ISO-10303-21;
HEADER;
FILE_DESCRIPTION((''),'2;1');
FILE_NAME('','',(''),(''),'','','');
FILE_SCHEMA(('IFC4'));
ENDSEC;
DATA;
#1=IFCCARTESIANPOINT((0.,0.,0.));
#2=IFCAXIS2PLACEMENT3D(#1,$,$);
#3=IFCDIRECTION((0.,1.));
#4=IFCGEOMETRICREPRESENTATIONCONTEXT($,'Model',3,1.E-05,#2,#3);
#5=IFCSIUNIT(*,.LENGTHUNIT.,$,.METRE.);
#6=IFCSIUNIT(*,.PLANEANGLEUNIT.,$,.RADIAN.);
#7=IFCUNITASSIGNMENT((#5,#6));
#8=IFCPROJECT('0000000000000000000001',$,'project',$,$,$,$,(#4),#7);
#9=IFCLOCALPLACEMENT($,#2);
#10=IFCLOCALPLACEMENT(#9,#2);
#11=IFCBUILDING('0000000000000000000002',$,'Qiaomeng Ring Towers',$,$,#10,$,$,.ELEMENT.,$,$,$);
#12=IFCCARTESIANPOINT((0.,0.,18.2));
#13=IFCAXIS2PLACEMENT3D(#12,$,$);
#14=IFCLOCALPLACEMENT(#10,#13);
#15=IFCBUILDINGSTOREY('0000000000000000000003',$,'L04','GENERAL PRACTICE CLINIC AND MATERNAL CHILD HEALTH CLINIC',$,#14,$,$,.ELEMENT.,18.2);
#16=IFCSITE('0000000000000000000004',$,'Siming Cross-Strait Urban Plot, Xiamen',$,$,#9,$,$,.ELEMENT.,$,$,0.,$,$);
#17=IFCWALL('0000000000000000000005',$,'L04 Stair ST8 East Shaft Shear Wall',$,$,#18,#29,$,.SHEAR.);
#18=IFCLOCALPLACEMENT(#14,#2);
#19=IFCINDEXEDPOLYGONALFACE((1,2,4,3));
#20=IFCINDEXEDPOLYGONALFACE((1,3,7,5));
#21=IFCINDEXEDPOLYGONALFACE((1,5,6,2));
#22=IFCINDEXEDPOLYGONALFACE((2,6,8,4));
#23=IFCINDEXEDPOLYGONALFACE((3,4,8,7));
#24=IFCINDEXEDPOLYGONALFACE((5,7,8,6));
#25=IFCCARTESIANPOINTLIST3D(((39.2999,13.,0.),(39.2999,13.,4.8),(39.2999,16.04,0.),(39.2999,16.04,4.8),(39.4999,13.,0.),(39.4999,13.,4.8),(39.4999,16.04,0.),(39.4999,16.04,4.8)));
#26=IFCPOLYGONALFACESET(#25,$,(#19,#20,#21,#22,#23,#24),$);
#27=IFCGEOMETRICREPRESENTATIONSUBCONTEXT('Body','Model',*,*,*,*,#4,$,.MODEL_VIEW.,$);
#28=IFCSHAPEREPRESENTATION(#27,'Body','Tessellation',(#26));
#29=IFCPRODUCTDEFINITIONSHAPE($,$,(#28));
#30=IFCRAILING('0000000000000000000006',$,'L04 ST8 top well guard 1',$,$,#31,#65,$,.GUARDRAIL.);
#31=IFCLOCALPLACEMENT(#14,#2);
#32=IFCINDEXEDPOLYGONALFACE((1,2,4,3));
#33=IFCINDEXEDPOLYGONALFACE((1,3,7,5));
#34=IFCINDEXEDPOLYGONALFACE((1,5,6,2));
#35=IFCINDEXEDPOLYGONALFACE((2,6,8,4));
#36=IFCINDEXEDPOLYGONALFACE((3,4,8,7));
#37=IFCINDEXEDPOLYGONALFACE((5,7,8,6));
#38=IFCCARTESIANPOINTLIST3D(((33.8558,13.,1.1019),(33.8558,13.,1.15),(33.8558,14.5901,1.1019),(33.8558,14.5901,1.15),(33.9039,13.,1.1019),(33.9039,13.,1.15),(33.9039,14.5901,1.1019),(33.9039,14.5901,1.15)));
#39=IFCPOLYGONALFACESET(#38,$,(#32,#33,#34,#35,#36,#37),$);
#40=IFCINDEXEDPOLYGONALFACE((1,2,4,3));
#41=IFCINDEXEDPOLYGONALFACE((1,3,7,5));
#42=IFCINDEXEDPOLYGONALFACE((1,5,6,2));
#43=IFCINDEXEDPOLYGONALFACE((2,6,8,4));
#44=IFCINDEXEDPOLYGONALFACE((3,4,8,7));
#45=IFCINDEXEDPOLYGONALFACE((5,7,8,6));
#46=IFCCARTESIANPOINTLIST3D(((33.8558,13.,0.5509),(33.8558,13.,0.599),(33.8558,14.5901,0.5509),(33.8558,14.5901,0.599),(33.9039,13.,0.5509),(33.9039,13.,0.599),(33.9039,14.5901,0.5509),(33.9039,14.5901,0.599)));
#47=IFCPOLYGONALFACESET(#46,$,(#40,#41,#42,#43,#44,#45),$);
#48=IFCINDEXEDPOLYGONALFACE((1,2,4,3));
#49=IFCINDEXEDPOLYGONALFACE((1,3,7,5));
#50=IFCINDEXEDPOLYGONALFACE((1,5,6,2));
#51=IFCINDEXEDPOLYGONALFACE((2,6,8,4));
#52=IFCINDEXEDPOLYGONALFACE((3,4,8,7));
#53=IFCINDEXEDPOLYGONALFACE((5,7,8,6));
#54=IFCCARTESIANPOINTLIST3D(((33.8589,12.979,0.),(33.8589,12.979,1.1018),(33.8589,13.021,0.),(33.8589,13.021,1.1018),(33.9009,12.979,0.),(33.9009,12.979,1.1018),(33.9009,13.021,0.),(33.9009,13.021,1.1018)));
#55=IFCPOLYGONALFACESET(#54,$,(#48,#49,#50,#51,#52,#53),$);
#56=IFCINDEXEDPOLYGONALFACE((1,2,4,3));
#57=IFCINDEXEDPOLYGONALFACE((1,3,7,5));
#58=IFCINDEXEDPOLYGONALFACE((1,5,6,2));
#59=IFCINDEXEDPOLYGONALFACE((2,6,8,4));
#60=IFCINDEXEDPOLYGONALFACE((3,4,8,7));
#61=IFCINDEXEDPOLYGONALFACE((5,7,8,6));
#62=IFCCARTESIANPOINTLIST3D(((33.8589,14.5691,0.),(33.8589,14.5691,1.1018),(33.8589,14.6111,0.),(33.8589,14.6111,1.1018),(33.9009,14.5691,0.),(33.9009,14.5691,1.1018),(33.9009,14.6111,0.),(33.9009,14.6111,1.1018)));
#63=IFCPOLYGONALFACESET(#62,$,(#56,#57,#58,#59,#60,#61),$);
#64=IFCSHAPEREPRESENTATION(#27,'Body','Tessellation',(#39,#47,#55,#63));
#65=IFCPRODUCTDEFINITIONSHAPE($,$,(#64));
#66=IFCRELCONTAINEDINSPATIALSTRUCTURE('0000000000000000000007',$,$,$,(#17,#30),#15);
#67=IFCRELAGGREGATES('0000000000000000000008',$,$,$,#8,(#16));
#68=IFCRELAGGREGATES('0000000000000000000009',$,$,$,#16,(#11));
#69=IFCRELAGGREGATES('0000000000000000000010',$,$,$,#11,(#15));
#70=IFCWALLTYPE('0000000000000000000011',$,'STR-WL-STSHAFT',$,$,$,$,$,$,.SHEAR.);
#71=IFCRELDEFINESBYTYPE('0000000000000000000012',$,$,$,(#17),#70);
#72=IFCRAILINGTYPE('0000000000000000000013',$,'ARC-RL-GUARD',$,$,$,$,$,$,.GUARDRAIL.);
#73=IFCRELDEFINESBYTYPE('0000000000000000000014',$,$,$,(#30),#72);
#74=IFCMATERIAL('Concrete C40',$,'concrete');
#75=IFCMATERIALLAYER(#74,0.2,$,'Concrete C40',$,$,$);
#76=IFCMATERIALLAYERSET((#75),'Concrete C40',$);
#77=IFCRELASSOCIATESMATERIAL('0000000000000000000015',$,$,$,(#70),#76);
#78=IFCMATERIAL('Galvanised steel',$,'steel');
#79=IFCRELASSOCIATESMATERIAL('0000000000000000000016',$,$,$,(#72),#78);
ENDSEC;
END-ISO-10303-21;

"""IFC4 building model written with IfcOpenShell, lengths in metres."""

from ifc_helpers import new_model, si_unit, direction, frame, frame_2d, origin, origin_2d, place, context, subcontext, project, spatial, rectangle, extrude, material, layer, layer_set, type_object, element, save


model = new_model("IFC4")

# Units and contexts
model_context = context("Model", 3, precision=1e-05, world=origin(), true_north=direction((0.0, 1.0)))
body_context = subcontext(model_context, "Body", "Model", "MODEL_VIEW")
ifc_project = project(units=[si_unit("LENGTHUNIT", "METRE"), si_unit("PLANEANGLEUNIT", "RADIAN")], contexts=[model_context])

# Site, building, storey
site_placement = place(None, origin())
site = spatial("IfcSite", under=ifc_project, at=site_placement, Name="Siming Cross-Strait Urban Plot, Xiamen", CompositionType="ELEMENT", RefElevation=0.0)
building_placement = place(site_placement, origin())
building = spatial("IfcBuilding", under=site, at=building_placement, Name="Qiaomeng Ring Towers", CompositionType="ELEMENT")
storey_placement = place(building_placement, frame((0.0, 0.0, 18.2)))
storey = spatial("IfcBuildingStorey", under=building, at=storey_placement, Name="L04", Description="GENERAL PRACTICE CLINIC AND MATERNAL CHILD HEALTH CLINIC", CompositionType="ELEMENT", Elevation=18.2)

# Shared definitions
ifc_material_1 = material(Name="Concrete C40", Category="concrete")
ifc_layer_1 = layer(ifc_material_1, 0.2, Name="Concrete C40")
ifc_layer_set_1 = layer_set([ifc_layer_1], Name="Concrete C40")
wall_type_1 = type_object("IfcWallType", Name="STR-WL-STSHAFT", PredefinedType="SHEAR", material=ifc_layer_set_1)

# Shared definitions
ifc_material_2 = material(Name="Galvanised steel", Category="steel")

# Wall
wall_1_placement = place(storey_placement, frame((39.3999, 13.0, 0.0), z_axis=(0.0, 0.0, 1.0), x_axis=(0.0, 1.0, 0.0)))
element("IfcWall", 1, at=wall_1_placement, inside=storey, type_object=wall_type_1, Name="L04 Stair ST8 East Shaft Shear Wall", PredefinedType="SHEAR", context=body_context, shape_type="SweptSolid", body=[
    extrude(rectangle(XDim=3.04, YDim=0.2, at=frame_2d((1.52, 0.0))), origin(), (0.0, 0.0, 1.0), 4.8),
])

# Railing
railing_type = type_object("IfcRailingType", Name="ARC-RL-GUARD", PredefinedType="GUARDRAIL", material=ifc_material_2)
railing_placement = place(storey_placement, frame((33.8799, 13.0, 0.0)))
element("IfcRailing", 2, at=railing_placement, inside=storey, type_object=railing_type, Name="L04 ST8 top well guard 1", PredefinedType="GUARDRAIL", context=body_context, shape_type="SweptSolid", body=[
    extrude(rectangle(XDim=0.0481, YDim=0.0481, at=origin_2d()), frame((0.0, 0.0, 1.126), z_axis=(0.0, 1.0, 0.0), x_axis=(-1.0, 0.0, 0.0)), (0.0, 0.0, 1.0), 1.5901),
    extrude(rectangle(XDim=0.0481, YDim=0.0481, at=origin_2d()), frame((0.0, 0.0, 0.575), z_axis=(0.0, 1.0, 0.0), x_axis=(-1.0, 0.0, 0.0)), (0.0, 0.0, 1.0), 1.5901),
    extrude(rectangle(XDim=0.042, YDim=0.042, at=origin_2d()), origin(), (0.0, 0.0, 1.0), 1.1018),
    extrude(rectangle(XDim=0.042, YDim=0.042, at=origin_2d()), frame((0.0, 1.5901, 0.0)), (0.0, 0.0, 1.0), 1.1018),
])

save(model, "model.ifc")
